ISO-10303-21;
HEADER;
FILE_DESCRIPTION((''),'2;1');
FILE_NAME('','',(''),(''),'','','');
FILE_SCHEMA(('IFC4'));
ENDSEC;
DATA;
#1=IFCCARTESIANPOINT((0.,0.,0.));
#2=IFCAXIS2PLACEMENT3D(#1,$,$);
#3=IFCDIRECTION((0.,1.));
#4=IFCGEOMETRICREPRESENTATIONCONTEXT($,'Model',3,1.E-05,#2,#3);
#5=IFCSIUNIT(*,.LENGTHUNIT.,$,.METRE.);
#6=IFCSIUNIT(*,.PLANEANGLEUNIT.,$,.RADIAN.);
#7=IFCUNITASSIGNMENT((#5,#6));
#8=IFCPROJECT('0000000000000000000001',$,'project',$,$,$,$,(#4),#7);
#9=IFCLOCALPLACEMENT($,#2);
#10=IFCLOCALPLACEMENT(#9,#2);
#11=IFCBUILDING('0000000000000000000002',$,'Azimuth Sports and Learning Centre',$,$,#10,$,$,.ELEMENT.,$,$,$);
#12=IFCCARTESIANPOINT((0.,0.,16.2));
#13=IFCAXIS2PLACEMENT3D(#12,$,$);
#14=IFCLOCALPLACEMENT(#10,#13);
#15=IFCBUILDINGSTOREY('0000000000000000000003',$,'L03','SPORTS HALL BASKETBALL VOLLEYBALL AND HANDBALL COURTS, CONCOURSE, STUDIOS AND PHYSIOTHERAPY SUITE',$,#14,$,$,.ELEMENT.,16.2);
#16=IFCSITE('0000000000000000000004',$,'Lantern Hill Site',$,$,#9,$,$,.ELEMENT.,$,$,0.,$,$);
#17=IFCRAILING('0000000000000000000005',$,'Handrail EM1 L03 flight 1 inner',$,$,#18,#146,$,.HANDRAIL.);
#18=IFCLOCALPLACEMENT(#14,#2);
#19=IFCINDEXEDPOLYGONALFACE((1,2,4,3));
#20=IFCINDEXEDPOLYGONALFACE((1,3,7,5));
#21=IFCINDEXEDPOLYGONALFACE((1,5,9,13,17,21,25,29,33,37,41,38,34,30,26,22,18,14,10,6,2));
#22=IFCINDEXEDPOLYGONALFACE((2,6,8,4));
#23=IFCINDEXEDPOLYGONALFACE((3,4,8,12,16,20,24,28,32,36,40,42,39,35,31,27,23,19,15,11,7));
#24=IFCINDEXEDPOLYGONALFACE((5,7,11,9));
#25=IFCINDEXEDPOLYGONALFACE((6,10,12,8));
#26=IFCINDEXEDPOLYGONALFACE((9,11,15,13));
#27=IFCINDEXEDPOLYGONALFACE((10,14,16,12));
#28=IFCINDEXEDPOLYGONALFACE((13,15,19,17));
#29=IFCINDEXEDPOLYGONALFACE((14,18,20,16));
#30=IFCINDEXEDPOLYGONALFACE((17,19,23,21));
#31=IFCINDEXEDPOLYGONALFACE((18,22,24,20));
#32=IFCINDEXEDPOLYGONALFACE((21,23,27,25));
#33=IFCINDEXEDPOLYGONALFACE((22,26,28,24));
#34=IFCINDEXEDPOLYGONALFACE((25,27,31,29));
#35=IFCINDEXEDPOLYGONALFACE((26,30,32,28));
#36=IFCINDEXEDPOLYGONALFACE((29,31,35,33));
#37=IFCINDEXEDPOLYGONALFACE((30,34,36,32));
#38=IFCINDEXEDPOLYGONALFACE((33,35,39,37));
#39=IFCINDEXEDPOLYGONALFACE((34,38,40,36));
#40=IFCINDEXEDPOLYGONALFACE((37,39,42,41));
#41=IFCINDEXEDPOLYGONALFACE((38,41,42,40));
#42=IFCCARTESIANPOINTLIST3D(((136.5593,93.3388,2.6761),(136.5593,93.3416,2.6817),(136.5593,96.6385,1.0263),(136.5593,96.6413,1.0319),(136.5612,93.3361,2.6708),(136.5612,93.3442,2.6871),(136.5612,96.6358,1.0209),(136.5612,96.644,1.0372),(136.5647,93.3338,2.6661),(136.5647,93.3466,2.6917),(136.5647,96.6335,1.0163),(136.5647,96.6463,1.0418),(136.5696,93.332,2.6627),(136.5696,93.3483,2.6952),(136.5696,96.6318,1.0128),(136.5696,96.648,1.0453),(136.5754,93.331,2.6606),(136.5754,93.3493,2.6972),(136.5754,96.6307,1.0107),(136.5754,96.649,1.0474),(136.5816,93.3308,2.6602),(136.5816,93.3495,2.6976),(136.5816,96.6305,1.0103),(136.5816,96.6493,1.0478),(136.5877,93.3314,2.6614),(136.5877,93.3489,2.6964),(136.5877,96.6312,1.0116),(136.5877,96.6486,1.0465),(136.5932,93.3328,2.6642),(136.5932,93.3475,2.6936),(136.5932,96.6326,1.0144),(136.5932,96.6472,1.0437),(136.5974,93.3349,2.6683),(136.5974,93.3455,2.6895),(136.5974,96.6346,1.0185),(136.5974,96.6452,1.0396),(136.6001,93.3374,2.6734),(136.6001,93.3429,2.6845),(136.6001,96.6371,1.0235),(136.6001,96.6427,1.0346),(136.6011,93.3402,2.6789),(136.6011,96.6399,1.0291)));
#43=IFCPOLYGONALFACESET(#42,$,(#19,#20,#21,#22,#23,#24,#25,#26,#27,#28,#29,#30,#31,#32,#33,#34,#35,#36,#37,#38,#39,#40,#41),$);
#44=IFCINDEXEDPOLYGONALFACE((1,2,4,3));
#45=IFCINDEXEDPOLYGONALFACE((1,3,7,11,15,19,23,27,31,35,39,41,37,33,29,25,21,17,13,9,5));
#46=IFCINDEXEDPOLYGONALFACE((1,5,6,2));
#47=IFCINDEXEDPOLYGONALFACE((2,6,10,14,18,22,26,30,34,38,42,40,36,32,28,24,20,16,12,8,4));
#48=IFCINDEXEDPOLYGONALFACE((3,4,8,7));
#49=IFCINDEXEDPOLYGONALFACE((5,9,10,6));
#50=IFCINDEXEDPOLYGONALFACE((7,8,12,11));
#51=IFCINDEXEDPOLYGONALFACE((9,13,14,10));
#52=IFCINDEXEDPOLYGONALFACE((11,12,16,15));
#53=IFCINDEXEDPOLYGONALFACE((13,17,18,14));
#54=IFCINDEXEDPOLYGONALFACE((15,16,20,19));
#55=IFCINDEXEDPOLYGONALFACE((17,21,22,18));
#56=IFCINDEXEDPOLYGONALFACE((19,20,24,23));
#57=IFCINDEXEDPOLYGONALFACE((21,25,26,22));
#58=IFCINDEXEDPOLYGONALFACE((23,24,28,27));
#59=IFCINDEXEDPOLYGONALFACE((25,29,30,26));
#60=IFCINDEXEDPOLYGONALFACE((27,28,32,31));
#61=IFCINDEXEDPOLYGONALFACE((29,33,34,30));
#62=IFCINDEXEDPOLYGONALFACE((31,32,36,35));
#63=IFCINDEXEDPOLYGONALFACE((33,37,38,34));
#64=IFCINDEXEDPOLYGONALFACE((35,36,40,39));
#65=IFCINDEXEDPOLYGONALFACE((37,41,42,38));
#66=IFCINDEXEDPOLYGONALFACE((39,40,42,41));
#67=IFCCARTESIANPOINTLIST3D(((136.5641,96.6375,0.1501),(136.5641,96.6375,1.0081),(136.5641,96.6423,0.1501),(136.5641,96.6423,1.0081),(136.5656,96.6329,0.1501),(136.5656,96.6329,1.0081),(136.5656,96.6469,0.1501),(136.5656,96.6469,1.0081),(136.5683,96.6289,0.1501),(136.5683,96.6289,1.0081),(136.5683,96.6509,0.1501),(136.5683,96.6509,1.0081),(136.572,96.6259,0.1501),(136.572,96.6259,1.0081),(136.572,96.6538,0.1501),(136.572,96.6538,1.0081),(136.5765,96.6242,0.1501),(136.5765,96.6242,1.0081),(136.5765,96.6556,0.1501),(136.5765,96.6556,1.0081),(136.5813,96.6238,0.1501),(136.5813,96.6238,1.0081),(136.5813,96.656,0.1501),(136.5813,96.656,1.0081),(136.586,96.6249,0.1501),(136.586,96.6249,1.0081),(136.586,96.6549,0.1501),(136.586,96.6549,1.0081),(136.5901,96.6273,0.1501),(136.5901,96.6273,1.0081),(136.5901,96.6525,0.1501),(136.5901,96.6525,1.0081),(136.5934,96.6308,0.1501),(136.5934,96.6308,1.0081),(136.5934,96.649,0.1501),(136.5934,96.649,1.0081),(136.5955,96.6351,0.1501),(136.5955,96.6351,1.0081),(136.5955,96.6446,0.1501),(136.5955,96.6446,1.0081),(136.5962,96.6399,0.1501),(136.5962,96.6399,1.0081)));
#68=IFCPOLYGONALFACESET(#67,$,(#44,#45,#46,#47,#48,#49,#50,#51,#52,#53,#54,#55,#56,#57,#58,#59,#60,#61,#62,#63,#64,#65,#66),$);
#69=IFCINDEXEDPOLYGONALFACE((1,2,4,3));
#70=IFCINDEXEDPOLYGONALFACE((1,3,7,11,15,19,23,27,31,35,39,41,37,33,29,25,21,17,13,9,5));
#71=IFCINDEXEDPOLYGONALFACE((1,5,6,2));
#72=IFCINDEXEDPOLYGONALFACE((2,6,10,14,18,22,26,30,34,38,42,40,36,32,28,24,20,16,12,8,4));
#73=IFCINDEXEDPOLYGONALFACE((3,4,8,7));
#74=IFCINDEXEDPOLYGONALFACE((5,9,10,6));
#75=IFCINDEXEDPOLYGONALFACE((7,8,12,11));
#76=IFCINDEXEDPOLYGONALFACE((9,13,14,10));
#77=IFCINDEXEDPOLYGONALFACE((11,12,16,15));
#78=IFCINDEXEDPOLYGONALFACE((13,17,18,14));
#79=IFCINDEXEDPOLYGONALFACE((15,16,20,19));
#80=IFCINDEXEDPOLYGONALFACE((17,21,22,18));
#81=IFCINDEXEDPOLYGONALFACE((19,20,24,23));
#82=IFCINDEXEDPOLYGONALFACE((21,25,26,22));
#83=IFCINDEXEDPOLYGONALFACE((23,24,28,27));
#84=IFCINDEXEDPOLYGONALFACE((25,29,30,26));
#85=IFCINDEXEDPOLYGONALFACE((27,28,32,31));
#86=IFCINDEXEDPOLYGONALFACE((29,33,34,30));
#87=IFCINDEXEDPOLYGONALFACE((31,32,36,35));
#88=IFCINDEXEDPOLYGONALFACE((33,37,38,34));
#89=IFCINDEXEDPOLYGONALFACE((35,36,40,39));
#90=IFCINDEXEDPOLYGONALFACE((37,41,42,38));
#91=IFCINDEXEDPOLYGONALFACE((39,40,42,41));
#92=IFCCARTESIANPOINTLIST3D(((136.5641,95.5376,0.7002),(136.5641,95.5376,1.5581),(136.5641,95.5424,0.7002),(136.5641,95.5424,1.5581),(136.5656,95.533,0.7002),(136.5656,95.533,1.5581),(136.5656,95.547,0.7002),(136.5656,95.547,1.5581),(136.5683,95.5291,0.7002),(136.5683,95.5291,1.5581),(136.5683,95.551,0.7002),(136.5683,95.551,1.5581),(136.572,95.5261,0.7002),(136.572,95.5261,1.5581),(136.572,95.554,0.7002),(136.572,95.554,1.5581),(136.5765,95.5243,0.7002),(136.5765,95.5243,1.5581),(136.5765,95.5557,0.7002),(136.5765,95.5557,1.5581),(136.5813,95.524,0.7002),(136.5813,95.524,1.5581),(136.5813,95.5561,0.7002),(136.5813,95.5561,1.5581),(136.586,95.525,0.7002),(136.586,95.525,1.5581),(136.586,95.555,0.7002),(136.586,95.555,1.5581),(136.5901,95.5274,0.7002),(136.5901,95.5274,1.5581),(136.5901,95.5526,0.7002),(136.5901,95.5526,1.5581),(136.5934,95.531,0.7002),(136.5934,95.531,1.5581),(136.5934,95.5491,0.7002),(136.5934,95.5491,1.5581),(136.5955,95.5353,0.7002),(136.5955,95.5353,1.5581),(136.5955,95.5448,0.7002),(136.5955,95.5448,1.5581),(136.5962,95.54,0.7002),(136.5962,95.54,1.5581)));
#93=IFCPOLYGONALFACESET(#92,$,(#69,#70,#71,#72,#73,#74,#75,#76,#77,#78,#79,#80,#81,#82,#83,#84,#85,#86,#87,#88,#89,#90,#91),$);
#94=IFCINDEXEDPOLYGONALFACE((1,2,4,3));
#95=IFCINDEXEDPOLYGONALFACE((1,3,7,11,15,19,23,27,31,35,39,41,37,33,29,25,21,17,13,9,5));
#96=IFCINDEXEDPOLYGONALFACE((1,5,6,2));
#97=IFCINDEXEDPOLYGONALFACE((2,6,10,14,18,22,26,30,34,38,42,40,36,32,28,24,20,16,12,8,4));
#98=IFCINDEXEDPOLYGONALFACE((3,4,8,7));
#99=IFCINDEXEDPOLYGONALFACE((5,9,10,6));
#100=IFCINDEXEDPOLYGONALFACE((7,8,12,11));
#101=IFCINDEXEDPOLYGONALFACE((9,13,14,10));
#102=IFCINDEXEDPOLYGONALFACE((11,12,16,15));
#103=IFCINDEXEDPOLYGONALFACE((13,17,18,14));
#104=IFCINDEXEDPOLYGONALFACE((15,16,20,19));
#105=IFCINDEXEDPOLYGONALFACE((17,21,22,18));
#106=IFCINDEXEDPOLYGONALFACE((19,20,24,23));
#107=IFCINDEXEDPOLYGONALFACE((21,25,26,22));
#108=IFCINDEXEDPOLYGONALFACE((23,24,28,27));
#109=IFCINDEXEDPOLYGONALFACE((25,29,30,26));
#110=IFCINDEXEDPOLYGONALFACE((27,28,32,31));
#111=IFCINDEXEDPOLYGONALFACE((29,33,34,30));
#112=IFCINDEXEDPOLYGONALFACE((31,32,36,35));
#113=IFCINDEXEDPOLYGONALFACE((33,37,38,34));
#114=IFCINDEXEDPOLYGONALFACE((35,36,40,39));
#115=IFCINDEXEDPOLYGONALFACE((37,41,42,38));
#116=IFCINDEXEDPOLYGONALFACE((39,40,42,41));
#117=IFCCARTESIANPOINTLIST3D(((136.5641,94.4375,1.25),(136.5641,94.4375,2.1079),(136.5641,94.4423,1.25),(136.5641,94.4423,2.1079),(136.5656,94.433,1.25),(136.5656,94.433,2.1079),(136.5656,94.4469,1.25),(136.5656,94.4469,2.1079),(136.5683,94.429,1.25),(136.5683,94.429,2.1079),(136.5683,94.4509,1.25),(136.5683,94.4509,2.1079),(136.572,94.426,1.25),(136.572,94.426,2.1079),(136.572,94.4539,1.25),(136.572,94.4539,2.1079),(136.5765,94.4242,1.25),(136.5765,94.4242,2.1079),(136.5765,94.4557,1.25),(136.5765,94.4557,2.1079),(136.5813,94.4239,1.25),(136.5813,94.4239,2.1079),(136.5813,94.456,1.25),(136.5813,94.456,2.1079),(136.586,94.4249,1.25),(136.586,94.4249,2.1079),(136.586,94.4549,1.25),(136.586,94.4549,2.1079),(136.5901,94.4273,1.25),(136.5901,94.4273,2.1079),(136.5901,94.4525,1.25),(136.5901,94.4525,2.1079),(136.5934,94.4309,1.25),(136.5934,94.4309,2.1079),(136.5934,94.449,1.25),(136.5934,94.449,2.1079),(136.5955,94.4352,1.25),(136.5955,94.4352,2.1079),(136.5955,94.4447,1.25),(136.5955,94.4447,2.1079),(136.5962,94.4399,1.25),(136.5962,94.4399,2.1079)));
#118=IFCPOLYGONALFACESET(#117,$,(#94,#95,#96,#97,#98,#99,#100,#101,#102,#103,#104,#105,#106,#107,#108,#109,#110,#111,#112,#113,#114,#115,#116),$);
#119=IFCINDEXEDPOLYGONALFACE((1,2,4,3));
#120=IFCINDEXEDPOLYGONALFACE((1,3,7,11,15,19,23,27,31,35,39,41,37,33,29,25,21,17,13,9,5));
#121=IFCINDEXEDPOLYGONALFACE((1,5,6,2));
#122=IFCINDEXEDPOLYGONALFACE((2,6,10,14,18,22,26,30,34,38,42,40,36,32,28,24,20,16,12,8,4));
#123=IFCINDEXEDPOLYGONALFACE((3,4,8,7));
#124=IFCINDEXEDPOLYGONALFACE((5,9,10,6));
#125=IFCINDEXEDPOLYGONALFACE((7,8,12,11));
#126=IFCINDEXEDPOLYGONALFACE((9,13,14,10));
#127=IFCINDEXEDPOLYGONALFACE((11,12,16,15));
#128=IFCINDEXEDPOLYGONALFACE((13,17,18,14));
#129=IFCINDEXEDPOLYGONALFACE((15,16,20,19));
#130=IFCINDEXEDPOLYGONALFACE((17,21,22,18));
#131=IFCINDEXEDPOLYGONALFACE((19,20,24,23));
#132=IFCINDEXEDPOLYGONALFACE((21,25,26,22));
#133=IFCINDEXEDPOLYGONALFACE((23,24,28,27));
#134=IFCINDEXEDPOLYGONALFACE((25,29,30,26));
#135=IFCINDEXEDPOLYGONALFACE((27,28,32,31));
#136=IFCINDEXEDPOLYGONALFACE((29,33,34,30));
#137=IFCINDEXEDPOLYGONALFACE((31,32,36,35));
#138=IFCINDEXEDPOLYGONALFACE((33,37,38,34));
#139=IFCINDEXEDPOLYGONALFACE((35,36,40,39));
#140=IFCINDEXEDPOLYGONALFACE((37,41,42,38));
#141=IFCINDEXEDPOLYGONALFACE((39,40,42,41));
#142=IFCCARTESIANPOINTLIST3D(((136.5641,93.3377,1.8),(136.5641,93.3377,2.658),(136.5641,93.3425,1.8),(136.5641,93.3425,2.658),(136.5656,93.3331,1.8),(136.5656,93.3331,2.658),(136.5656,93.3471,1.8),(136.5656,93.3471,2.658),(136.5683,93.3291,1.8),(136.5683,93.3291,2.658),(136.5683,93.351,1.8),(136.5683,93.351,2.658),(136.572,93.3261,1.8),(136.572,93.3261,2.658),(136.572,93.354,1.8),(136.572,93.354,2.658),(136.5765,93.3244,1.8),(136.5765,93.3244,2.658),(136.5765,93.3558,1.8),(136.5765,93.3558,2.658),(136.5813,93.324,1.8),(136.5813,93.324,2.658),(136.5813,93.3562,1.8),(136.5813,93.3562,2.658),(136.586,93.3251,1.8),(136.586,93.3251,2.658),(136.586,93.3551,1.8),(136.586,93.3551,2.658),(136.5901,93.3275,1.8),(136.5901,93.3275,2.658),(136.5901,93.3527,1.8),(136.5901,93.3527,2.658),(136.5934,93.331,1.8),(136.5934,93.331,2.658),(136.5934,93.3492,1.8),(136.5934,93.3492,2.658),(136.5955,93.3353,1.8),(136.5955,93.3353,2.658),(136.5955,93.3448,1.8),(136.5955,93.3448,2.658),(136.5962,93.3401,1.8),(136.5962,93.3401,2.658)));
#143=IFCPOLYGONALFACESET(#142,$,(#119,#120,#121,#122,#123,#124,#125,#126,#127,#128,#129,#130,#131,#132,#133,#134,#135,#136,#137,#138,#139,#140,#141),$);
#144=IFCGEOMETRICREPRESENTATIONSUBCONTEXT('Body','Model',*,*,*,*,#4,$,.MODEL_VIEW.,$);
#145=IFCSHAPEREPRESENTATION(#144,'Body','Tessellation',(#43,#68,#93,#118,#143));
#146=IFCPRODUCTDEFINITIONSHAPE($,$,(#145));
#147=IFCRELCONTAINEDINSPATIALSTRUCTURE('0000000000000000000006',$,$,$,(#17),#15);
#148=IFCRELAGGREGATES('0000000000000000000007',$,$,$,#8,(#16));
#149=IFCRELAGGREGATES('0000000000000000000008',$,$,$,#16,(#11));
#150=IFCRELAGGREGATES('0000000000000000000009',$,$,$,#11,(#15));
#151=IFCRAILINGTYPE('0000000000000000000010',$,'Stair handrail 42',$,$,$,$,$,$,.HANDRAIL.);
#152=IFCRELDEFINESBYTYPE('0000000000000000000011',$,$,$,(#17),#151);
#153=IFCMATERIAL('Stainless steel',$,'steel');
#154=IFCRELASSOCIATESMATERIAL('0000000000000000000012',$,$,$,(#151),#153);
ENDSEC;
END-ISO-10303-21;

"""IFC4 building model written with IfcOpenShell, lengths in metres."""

from ifc_helpers import new_model, si_unit, direction, frame, origin, origin_2d, place, context, subcontext, project, spatial, circle, extrude, material, type_object, element, save


model = new_model("IFC4")

# Units and contexts
model_context = context("Model", 3, precision=1e-05, world=origin(), true_north=direction((0.0, 1.0)))
body_context = subcontext(model_context, "Body", "Model", "MODEL_VIEW")
ifc_project = project(units=[si_unit("LENGTHUNIT", "METRE"), si_unit("PLANEANGLEUNIT", "RADIAN")], contexts=[model_context])

# Site, building, storey
site_placement = place(None, origin())
site = spatial("IfcSite", under=ifc_project, at=site_placement, Name="Lantern Hill Site", CompositionType="ELEMENT", RefElevation=0.0)
building_placement = place(site_placement, origin())
building = spatial("IfcBuilding", under=site, at=building_placement, Name="Azimuth Sports and Learning Centre", CompositionType="ELEMENT")
storey_placement = place(building_placement, frame((0.0, 0.0, 16.2)))
storey = spatial("IfcBuildingStorey", under=building, at=storey_placement, Name="L03", Description="SPORTS HALL BASKETBALL VOLLEYBALL AND HANDBALL COURTS, CONCOURSE, STUDIOS AND PHYSIOTHERAPY SUITE", CompositionType="ELEMENT", Elevation=16.2)

# Railing
ifc_material_1 = material(Name="Stainless steel", Category="steel")
railing_type_1 = type_object("IfcRailingType", Name="Stair handrail 42", PredefinedType="HANDRAIL", material=ifc_material_1)
railing_1_placement = place(storey_placement, frame((136.5801, 96.6399, 0.1501)))
element("IfcRailing", 1, at=railing_1_placement, inside=storey, type_object=railing_type_1, Name="Handrail EM1 L03 flight 1 inner", PredefinedType="HANDRAIL", context=body_context, shape_type="SweptSolid", body=[
    extrude(circle(Radius=0.021, at=origin_2d()), frame((0.0, 0.0, 0.8789), z_axis=(0.0, -0.894427, 0.447214), x_axis=(1.0, 0.0, 0.0)), (0.0, 0.0, 1.0), 3.6892),
    extrude(circle(Radius=0.0161, at=origin_2d()), origin(), (0.0, 0.0, 1.0), 0.8579),
    extrude(circle(Radius=0.0161, at=origin_2d()), frame((0.0, -1.0999, 0.55)), (0.0, 0.0, 1.0), 0.8579),
    extrude(circle(Radius=0.0161, at=origin_2d()), frame((0.0, -2.2, 1.0999)), (0.0, 0.0, 1.0), 0.8579),
    extrude(circle(Radius=0.0161, at=origin_2d()), frame((0.0, -3.2998, 1.6499)), (0.0, 0.0, 1.0), 0.8579),
])

save(model, "model.ifc")
